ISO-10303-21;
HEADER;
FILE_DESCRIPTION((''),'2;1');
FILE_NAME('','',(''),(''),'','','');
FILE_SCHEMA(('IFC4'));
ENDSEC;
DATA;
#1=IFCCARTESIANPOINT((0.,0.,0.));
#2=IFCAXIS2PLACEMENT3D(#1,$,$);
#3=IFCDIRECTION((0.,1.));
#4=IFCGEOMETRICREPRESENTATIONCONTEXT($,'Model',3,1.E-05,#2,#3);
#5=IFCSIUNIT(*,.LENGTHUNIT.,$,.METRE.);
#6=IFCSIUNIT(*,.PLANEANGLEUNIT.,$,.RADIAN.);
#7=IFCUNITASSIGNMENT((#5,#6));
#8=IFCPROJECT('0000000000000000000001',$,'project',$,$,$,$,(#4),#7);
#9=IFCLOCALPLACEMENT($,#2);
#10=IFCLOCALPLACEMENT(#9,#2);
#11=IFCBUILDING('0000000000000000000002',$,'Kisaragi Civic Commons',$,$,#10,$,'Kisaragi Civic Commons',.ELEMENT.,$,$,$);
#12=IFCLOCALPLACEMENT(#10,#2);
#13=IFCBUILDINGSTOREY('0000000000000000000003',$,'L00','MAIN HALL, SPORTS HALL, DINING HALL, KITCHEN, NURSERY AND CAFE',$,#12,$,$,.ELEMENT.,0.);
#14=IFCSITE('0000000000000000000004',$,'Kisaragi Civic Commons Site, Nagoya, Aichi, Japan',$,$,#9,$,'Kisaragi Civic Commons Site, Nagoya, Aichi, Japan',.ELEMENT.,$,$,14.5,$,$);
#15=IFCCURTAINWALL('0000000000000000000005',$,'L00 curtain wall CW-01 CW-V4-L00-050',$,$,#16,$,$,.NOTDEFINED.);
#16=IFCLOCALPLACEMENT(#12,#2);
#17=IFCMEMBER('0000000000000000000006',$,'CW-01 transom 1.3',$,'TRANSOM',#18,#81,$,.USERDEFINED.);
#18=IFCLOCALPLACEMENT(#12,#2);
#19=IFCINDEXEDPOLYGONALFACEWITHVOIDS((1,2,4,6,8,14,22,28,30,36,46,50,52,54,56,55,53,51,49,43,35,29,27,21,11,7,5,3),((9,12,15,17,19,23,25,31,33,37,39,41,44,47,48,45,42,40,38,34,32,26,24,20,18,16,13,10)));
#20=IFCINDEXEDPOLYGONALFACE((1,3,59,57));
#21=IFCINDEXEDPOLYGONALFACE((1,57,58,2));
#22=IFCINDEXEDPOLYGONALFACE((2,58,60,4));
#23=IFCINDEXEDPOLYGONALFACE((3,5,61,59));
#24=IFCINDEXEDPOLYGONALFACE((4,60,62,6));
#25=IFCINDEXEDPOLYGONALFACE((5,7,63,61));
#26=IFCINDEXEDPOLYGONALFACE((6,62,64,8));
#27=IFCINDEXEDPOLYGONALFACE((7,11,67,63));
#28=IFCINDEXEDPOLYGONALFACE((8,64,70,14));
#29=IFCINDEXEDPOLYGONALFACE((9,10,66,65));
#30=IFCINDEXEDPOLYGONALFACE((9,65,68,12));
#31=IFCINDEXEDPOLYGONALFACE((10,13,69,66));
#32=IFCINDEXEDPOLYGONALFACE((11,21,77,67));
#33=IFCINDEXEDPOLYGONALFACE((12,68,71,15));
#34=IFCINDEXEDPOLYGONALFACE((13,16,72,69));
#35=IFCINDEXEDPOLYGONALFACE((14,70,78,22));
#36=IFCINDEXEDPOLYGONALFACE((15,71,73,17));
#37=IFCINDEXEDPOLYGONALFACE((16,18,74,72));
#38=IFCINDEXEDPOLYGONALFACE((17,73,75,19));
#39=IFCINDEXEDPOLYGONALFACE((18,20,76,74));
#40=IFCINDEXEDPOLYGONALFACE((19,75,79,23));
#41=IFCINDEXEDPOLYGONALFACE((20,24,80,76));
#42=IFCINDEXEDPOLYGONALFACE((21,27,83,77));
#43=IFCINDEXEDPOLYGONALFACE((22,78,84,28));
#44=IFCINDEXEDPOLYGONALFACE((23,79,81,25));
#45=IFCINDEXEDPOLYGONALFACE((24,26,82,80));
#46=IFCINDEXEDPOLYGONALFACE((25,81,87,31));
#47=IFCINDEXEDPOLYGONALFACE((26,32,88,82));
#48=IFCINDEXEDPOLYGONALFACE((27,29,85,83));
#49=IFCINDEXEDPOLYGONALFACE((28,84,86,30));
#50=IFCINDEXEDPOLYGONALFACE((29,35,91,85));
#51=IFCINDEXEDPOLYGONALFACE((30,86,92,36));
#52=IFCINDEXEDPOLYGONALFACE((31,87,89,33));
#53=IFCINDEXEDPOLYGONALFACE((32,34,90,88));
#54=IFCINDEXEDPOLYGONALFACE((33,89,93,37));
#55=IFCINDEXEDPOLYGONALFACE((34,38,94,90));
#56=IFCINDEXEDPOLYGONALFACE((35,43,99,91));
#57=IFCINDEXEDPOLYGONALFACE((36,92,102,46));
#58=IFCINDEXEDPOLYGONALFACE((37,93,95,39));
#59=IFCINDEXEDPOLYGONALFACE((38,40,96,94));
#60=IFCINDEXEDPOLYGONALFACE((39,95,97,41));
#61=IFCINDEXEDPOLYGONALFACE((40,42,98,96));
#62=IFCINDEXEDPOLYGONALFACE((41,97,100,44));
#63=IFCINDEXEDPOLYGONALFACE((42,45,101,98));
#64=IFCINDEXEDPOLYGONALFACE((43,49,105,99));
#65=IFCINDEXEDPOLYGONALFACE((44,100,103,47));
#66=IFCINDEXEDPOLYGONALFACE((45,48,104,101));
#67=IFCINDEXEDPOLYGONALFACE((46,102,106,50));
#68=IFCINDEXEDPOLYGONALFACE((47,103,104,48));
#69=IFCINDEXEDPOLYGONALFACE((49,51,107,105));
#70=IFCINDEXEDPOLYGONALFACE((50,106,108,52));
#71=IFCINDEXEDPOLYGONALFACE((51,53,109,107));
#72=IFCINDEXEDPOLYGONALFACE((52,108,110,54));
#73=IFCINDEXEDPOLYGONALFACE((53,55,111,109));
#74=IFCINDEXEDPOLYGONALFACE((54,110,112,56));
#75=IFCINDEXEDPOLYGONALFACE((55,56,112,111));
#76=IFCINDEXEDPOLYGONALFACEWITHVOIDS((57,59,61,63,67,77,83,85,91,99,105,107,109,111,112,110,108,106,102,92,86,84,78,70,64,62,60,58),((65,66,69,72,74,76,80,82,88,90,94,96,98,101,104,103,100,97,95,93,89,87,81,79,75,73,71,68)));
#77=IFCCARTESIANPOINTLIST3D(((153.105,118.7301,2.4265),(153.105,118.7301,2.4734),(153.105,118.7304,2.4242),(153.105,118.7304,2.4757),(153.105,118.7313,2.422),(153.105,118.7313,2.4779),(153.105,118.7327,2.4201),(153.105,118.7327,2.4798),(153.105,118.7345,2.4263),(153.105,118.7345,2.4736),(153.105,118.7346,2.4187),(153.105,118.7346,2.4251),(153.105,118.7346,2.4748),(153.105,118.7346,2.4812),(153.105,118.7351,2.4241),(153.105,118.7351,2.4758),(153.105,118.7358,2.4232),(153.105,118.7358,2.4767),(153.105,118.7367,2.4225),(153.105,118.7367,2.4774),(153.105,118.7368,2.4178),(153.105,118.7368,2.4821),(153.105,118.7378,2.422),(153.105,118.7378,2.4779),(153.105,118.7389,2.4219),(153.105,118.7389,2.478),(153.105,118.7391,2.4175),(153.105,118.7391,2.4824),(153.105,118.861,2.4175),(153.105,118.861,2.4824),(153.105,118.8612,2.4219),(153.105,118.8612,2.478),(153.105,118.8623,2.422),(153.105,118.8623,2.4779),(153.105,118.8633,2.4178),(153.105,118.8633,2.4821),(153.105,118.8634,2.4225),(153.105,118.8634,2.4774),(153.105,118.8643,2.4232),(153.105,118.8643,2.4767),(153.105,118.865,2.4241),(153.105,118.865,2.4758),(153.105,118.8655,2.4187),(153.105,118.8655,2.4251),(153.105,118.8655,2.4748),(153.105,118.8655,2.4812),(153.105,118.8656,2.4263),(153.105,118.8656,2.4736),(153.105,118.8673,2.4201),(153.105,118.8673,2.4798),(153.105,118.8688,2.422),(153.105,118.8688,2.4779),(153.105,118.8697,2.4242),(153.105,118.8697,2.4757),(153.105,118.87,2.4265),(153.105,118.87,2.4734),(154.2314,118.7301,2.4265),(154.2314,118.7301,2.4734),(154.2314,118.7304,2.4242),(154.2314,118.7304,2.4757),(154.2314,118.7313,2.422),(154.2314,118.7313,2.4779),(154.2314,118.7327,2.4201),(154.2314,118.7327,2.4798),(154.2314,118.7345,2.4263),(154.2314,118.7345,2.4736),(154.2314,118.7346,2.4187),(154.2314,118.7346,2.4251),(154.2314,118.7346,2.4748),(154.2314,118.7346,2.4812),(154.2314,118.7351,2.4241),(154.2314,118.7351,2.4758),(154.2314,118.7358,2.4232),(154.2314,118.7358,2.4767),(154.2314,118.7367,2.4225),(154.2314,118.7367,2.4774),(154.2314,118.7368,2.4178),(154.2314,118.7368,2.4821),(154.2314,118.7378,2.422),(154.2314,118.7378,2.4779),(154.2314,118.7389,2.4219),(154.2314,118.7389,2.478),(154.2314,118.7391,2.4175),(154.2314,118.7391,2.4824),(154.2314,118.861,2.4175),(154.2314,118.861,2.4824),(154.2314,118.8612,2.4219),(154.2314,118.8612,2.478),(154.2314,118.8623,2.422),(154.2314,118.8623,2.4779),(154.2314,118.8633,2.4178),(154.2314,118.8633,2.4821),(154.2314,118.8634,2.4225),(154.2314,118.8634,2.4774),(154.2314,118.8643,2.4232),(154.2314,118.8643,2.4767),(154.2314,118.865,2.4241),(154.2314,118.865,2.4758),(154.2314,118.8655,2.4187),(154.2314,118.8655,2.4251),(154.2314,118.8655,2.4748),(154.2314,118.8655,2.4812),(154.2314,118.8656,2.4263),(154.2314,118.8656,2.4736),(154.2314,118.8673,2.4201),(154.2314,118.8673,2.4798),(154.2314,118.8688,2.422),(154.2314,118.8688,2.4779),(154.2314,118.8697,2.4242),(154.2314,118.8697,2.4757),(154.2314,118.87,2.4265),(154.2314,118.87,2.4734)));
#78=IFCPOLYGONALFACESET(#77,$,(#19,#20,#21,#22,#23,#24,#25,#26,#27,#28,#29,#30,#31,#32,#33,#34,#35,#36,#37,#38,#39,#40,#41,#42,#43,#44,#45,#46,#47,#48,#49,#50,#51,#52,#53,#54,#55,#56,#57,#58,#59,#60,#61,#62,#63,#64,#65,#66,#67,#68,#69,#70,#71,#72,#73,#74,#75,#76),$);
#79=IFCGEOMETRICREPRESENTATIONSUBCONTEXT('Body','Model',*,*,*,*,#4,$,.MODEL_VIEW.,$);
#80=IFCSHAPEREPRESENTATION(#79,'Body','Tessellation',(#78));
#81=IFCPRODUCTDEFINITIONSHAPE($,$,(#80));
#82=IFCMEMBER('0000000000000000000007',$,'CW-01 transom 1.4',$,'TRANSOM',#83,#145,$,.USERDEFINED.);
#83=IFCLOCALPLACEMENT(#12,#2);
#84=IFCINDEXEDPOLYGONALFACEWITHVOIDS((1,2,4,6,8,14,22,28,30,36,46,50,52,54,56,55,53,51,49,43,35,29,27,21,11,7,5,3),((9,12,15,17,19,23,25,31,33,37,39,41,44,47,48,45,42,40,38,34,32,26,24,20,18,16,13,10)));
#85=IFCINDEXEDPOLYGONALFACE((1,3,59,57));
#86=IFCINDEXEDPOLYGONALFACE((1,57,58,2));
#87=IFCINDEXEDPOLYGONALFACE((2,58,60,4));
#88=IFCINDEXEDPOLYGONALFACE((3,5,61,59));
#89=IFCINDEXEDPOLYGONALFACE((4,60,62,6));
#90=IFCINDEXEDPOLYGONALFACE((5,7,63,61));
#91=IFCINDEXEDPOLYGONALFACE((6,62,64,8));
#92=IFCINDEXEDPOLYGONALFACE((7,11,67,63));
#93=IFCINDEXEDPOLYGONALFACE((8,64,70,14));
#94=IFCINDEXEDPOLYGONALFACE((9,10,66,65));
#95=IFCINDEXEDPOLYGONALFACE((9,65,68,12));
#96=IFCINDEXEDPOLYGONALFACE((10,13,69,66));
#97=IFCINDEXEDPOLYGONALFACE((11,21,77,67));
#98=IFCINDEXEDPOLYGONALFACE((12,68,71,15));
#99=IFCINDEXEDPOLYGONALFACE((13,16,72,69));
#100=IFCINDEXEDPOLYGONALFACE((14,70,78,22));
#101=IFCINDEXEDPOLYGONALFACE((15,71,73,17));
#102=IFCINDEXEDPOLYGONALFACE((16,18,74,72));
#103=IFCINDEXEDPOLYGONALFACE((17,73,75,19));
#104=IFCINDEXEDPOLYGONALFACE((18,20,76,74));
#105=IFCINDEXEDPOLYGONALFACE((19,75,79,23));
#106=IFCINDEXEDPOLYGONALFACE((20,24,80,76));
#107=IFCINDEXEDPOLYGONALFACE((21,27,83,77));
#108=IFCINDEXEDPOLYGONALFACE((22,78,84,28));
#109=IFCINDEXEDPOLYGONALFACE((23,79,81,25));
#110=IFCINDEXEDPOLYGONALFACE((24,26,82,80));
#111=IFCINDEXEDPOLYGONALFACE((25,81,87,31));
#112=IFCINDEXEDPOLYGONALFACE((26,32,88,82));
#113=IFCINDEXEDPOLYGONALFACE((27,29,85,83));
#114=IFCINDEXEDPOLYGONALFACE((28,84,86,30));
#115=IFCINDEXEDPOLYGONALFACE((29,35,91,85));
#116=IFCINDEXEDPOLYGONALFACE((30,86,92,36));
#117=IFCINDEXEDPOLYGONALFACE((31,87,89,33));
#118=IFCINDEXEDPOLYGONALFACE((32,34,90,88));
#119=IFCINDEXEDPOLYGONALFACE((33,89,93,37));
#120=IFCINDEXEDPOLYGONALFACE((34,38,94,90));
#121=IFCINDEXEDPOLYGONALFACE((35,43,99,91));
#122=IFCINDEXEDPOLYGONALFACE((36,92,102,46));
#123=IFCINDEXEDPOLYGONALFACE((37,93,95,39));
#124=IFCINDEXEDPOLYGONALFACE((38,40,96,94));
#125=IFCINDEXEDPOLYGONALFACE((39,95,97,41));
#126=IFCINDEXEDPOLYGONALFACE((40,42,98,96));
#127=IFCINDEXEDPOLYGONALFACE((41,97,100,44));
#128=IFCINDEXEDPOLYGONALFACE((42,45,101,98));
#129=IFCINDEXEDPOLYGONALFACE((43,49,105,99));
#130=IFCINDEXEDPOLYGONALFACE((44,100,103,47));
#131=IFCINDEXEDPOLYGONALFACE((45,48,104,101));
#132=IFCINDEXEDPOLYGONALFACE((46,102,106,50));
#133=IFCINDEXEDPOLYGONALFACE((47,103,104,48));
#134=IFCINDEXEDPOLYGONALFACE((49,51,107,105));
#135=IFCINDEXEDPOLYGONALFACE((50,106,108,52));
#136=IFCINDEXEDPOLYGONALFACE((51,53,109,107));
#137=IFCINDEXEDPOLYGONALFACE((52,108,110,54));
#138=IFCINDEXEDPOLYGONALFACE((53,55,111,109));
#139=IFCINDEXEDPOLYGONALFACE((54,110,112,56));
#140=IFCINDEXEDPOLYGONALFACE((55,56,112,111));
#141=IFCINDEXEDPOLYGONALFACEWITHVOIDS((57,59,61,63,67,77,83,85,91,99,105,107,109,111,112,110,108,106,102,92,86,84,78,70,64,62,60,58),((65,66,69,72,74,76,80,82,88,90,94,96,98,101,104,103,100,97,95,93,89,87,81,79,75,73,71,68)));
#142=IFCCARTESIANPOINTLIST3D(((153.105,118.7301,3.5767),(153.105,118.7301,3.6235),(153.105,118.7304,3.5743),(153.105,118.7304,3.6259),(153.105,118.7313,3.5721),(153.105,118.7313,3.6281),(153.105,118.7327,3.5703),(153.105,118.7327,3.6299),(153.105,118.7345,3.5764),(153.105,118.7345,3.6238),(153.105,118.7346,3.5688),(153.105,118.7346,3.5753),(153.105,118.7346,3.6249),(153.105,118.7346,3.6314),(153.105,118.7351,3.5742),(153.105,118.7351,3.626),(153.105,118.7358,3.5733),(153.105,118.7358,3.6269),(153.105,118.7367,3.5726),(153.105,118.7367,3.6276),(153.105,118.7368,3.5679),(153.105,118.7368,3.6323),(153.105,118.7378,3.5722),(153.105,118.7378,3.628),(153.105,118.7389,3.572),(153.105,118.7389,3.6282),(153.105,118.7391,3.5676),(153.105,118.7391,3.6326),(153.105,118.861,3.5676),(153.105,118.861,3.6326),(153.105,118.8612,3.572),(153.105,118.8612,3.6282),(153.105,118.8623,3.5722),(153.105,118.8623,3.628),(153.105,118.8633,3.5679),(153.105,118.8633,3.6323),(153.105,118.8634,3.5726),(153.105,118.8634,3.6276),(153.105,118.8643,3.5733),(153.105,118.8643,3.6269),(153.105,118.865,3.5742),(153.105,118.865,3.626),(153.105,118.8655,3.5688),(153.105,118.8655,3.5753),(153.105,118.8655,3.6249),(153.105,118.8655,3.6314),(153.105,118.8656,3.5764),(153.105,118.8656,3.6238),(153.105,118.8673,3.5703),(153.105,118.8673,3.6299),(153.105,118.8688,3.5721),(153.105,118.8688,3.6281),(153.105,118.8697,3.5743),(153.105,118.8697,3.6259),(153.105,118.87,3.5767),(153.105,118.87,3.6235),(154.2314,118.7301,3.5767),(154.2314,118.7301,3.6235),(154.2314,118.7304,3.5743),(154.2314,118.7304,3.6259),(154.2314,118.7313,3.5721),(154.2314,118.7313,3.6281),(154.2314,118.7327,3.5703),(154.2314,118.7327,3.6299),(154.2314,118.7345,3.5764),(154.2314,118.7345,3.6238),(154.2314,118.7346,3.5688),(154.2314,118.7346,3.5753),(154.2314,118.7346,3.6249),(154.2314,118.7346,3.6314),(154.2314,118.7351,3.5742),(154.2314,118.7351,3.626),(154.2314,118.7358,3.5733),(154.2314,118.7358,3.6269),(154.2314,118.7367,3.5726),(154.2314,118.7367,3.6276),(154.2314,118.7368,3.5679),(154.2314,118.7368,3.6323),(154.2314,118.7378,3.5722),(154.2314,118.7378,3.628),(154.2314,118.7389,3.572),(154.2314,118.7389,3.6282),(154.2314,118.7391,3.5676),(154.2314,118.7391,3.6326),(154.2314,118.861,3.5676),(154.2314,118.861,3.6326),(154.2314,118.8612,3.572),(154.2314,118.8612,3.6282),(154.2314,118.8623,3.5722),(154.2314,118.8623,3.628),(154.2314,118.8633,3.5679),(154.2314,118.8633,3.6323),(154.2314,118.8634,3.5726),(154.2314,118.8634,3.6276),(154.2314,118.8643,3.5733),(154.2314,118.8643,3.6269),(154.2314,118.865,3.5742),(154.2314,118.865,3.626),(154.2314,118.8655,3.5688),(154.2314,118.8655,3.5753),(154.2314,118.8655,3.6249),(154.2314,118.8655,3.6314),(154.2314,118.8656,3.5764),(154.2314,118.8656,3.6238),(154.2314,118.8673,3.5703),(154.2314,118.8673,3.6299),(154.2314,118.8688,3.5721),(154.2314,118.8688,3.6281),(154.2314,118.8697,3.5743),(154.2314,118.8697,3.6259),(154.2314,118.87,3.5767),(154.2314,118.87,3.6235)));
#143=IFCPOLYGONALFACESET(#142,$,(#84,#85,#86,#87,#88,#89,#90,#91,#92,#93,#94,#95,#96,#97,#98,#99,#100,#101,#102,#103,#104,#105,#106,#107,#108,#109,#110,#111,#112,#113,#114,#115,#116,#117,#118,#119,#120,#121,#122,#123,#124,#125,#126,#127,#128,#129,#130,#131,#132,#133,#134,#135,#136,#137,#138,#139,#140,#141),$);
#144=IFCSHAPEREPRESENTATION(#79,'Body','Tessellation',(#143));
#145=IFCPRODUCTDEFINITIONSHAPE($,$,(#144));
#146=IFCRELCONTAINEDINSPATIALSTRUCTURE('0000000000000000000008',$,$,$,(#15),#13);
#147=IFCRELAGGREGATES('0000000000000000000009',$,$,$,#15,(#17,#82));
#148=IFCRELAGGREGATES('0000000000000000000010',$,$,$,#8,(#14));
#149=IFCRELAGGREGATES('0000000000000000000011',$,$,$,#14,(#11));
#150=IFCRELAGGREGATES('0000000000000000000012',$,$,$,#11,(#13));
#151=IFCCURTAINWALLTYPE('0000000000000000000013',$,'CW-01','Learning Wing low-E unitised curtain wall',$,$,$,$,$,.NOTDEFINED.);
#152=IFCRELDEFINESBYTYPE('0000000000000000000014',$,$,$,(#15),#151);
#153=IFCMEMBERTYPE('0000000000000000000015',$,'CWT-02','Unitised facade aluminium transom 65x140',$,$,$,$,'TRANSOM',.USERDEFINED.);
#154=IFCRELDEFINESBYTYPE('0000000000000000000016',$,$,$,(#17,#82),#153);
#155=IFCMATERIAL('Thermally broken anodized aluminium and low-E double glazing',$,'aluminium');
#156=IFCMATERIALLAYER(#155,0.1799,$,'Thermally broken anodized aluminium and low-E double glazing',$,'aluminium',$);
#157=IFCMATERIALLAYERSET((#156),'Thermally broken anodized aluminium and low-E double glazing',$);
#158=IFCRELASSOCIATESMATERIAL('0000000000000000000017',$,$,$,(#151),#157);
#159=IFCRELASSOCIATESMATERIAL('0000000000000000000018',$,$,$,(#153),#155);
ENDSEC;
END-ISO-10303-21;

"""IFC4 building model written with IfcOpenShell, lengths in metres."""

from ifc_helpers import new_model, si_unit, direction, frame, origin, origin_2d, place, context, subcontext, project, spatial, hollow_rectangle, extrude, material, layer, layer_set, material_profile, profile_set, type_object, element, aggregate, save


model = new_model("IFC4")

# Units and contexts
model_context = context("Model", 3, precision=1e-05, world=origin(), true_north=direction((0.0, 1.0)))
body_context = subcontext(model_context, "Body", "Model", "MODEL_VIEW")
ifc_project = project(units=[si_unit("LENGTHUNIT", "METRE"), si_unit("PLANEANGLEUNIT", "RADIAN")], contexts=[model_context])

# Site, building, storey
site_placement = place(None, origin())
site = spatial("IfcSite", under=ifc_project, at=site_placement, Name="Kisaragi Civic Commons Site, Nagoya, Aichi, Japan", LongName="Kisaragi Civic Commons Site, Nagoya, Aichi, Japan", CompositionType="ELEMENT", RefElevation=14.5)
building_placement = place(site_placement, origin())
building = spatial("IfcBuilding", under=site, at=building_placement, Name="Kisaragi Civic Commons", LongName="Kisaragi Civic Commons", CompositionType="ELEMENT")
storey_placement = place(building_placement, origin())
storey = spatial("IfcBuildingStorey", under=building, at=storey_placement, Name="L00", Description="MAIN HALL, SPORTS HALL, DINING HALL, KITCHEN, NURSERY AND CAFE", CompositionType="ELEMENT", Elevation=0.0)

# Curtain wall
ifc_material_1 = material(Name="Thermally broken anodized aluminium and low-E double glazing", Category="aluminium")
ifc_layer_1 = layer(ifc_material_1, 0.1799, Name="Thermally broken anodized aluminium and low-E double glazing", Category="aluminium")
ifc_layer_set_1 = layer_set([ifc_layer_1], Name="Thermally broken anodized aluminium and low-E double glazing")
curtain_wall_type = type_object("IfcCurtainWallType", Name="CW-01", Description="Learning Wing low-E unitised curtain wall", PredefinedType="NOTDEFINED", material=ifc_layer_set_1)
curtain_wall_1_placement = place(storey_placement, origin())
curtain_wall_1 = element("IfcCurtainWall", 1, at=curtain_wall_1_placement, inside=storey, type_object=curtain_wall_type, Name="L00 curtain wall CW-01 CW-V4-L00-050", PredefinedType="NOTDEFINED")

# Members
ifc_material_profile_1 = material_profile(ifc_material_1, hollow_rectangle(XDim=0.1399, YDim=0.0649, WallThickness=0.0044, InnerFilletRadius=0.0044, OuterFilletRadius=0.009, at=origin_2d()), Name="CWT-65x140x4.5", Category="aluminium")
ifc_profile_set_1 = profile_set([ifc_material_profile_1], Name="Thermally broken anodized aluminium and low-E double glazing")
member_type_1 = type_object("IfcMemberType", Name="CWT-02", Description="Unitised facade aluminium transom 65x140", ElementType="TRANSOM", PredefinedType="USERDEFINED", material=ifc_profile_set_1)
member_1_placement = place(storey_placement, frame((153.105, 118.8, 2.45), z_axis=(1.0, 0.0, 0.0), x_axis=(0.0, 1.0, 0.0)))
member_1 = element("IfcMember", 2, at=member_1_placement, type_object=member_type_1, Name="CW-01 transom 1.3", ObjectType="TRANSOM", PredefinedType="USERDEFINED", context=body_context, shape_type="SweptSolid", body=[
    extrude(hollow_rectangle(XDim=0.1399, YDim=0.0649, WallThickness=0.0044, InnerFilletRadius=0.0044, OuterFilletRadius=0.009, at=origin_2d()), origin(), (0.0, 0.0, 1.0), 1.1265),
])
member_2_placement = place(storey_placement, frame((153.105, 118.8, 3.6001), z_axis=(1.0, 0.0, 0.0), x_axis=(0.0, 1.0, 0.0)))
member_2 = element("IfcMember", 3, at=member_2_placement, type_object=member_type_1, Name="CW-01 transom 1.4", ObjectType="TRANSOM", PredefinedType="USERDEFINED", context=body_context, shape_type="SweptSolid", body=[
    extrude(hollow_rectangle(XDim=0.1399, YDim=0.0649, WallThickness=0.0044, InnerFilletRadius=0.0044, OuterFilletRadius=0.009, at=origin_2d()), origin(), (0.0, 0.0, 1.0), 1.1265),
])

aggregate(curtain_wall_1, [member_1, member_2])

save(model, "model.ifc")
